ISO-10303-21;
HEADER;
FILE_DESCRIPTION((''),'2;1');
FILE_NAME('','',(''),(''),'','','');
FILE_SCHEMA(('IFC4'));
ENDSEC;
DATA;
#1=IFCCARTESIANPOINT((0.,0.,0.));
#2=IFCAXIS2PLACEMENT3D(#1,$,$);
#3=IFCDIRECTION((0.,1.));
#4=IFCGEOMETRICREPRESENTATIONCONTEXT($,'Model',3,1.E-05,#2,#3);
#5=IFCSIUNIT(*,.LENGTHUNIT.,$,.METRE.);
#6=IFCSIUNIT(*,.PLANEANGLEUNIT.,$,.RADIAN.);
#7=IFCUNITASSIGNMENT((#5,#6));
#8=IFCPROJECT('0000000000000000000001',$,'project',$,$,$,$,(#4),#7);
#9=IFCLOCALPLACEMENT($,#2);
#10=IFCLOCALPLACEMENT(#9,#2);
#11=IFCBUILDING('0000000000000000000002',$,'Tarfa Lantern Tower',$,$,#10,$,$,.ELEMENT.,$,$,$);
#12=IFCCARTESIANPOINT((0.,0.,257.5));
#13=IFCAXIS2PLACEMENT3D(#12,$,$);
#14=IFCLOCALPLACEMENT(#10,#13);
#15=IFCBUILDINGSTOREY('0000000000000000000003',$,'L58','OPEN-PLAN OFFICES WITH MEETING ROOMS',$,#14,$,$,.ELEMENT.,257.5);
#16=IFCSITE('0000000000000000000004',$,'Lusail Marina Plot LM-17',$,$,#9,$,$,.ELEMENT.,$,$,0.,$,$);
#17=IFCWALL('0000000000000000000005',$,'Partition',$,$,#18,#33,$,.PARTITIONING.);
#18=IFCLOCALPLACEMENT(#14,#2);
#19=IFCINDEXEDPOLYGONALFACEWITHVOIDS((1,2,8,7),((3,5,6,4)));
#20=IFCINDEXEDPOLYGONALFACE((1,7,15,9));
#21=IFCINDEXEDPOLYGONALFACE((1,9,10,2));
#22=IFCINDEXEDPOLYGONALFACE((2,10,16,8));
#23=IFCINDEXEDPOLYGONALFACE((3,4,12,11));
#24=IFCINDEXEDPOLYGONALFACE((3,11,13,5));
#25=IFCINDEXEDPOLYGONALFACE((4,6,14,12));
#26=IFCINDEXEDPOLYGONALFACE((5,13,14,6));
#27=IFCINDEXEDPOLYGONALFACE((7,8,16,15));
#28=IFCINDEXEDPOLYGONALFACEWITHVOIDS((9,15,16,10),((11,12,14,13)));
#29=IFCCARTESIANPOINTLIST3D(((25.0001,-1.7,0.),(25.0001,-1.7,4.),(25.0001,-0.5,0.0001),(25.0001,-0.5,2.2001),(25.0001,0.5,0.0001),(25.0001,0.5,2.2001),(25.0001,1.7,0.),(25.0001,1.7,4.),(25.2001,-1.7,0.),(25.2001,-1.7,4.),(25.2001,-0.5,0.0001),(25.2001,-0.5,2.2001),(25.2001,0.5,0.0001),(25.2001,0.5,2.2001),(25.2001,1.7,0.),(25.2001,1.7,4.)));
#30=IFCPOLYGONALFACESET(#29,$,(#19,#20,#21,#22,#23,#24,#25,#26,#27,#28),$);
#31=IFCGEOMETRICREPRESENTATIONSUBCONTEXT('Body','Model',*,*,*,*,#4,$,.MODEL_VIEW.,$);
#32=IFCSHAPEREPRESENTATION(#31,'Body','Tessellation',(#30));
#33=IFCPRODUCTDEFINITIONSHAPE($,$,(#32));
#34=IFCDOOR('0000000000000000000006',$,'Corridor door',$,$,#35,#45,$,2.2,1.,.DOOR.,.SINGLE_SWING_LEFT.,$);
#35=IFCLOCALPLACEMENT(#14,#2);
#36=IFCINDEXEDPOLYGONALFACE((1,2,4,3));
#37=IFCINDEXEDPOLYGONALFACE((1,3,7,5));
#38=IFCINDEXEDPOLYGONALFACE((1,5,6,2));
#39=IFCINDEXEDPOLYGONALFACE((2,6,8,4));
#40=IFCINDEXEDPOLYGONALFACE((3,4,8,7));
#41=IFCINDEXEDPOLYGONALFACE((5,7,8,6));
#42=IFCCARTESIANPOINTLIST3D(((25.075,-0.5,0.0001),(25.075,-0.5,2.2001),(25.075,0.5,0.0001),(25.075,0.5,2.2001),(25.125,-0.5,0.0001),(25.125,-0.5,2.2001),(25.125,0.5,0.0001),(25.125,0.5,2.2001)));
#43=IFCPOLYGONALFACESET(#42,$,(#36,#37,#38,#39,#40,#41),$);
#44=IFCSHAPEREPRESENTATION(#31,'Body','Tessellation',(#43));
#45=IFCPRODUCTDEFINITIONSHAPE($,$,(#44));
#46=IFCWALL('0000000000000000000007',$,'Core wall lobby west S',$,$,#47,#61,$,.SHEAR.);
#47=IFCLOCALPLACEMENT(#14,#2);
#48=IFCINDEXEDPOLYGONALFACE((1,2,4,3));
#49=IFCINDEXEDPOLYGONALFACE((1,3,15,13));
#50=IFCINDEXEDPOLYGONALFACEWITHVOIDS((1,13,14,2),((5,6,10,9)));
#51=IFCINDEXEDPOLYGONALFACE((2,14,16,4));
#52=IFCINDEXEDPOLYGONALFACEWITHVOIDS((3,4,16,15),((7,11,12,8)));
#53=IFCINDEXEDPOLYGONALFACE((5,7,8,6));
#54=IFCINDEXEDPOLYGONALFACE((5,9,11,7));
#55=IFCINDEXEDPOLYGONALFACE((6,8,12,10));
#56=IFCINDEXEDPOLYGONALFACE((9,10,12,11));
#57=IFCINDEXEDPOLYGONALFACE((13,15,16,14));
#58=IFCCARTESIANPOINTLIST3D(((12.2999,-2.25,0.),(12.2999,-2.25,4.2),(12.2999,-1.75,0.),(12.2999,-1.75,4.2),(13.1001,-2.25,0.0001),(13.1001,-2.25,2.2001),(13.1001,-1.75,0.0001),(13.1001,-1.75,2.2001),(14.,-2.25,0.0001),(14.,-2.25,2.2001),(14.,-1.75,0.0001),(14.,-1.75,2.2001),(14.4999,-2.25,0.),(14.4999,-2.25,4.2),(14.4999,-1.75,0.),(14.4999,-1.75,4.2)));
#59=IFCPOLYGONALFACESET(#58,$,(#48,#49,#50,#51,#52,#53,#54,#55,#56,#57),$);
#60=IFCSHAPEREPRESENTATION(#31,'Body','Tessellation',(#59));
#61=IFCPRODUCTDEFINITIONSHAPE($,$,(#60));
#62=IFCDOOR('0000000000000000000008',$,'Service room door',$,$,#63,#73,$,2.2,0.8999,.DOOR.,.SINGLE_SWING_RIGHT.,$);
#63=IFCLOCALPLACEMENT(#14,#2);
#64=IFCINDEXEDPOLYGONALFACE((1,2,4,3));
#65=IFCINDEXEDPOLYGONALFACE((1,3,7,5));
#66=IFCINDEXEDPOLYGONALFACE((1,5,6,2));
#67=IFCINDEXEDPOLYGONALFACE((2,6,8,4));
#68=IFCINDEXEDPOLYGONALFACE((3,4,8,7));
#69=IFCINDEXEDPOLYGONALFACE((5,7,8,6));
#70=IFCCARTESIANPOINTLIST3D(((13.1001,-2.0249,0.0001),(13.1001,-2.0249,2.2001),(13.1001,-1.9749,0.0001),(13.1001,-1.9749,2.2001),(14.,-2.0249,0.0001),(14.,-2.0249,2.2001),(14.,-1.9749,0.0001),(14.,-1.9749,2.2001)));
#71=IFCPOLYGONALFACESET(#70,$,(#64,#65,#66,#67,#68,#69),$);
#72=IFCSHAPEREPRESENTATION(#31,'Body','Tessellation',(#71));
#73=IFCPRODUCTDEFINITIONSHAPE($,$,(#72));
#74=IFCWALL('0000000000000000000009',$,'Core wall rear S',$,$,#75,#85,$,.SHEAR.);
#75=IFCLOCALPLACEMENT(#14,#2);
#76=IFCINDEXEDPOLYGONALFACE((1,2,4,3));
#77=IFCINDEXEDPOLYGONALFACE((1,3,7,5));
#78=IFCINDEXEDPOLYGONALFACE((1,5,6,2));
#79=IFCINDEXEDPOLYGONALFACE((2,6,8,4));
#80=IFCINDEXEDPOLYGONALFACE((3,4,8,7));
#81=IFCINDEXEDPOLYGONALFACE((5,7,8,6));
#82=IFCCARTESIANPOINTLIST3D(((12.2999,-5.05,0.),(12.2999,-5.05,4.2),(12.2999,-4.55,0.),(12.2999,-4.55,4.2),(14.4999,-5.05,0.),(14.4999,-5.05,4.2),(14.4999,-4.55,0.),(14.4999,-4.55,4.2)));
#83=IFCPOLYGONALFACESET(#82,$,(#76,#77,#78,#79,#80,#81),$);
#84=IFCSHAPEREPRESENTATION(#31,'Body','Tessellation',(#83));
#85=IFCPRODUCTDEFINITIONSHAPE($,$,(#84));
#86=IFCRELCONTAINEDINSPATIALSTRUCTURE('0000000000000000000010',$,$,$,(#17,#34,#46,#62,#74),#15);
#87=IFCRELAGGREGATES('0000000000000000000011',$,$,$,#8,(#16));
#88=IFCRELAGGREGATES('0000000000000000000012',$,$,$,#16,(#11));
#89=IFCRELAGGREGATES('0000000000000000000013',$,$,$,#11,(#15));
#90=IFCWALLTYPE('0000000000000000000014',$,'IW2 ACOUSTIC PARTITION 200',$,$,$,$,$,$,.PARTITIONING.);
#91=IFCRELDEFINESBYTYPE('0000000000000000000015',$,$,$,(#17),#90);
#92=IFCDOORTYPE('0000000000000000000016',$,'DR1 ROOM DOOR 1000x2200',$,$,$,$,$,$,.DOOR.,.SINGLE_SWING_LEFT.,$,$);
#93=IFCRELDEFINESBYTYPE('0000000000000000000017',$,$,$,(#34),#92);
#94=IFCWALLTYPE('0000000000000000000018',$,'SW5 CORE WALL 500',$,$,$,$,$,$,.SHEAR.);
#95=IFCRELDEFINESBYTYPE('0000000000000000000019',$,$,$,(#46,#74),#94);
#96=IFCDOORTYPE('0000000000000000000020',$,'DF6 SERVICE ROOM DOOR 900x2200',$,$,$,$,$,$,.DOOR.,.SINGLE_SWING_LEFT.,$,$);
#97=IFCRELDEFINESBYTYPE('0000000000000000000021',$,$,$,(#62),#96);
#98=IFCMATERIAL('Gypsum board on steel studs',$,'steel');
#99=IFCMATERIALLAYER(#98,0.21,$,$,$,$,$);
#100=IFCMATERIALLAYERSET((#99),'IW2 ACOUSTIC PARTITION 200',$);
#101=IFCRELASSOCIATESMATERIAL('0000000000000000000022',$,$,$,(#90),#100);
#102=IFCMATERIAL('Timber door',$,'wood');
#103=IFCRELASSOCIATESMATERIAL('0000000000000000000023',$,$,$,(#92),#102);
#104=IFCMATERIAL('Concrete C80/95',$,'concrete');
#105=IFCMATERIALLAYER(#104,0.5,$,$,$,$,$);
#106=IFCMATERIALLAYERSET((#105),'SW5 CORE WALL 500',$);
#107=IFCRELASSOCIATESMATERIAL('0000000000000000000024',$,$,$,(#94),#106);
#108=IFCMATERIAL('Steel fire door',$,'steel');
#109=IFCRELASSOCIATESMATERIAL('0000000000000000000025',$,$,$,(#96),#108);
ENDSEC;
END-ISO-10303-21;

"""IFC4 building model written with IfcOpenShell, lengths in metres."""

from ifc_helpers import new_model, si_unit, direction, frame, frame_2d, origin, place, context, subcontext, project, spatial, rectangle, extrude, material, layer, layer_set, type_object, element, fill, save


model = new_model("IFC4")

# Units and contexts
model_context = context("Model", 3, precision=1e-05, world=origin(), true_north=direction((0.0, 1.0)))
body_context = subcontext(model_context, "Body", "Model", "MODEL_VIEW")
ifc_project = project(units=[si_unit("LENGTHUNIT", "METRE"), si_unit("PLANEANGLEUNIT", "RADIAN")], contexts=[model_context])

# Site, building, storey
site_placement = place(None, origin())
site = spatial("IfcSite", under=ifc_project, at=site_placement, Name="Lusail Marina Plot LM-17", CompositionType="ELEMENT", RefElevation=0.0)
building_placement = place(site_placement, origin())
building = spatial("IfcBuilding", under=site, at=building_placement, Name="Tarfa Lantern Tower", CompositionType="ELEMENT")
storey_placement = place(building_placement, frame((0.0, 0.0, 257.5)))
storey = spatial("IfcBuildingStorey", under=building, at=storey_placement, Name="L58", Description="OPEN-PLAN OFFICES WITH MEETING ROOMS", CompositionType="ELEMENT", Elevation=257.5)

# Shared definitions
ifc_material_1 = material(Name="Gypsum board on steel studs", Category="steel")
ifc_layer_1 = layer(ifc_material_1, 0.21)
ifc_layer_set_1 = layer_set([ifc_layer_1], Name="IW2 ACOUSTIC PARTITION 200")
wall_type_1 = type_object("IfcWallType", Name="IW2 ACOUSTIC PARTITION 200", PredefinedType="PARTITIONING", material=ifc_layer_set_1)
ifc_material_2 = material(Name="Timber door", Category="wood")
door_type_1 = type_object("IfcDoorType", Name="DR1 ROOM DOOR 1000x2200", OperationType="SINGLE_SWING_LEFT", PredefinedType="DOOR", material=ifc_material_2)

# Walls, openings, doors
wall_1_placement = place(storey_placement, frame((25.1001, -1.7, 0.0), z_axis=(0.0, 0.0, 1.0), x_axis=(0.0, 1.0, 0.0)))
wall_1 = element("IfcWall", 1, at=wall_1_placement, inside=storey, type_object=wall_type_1, Name="Partition", PredefinedType="PARTITIONING", context=body_context, shape_type="SweptSolid", body=[
    extrude(rectangle(XDim=3.3999, YDim=0.2, at=frame_2d((1.7, 0.0))), origin(), (0.0, 0.0, 1.0), 4.0),
])
opening_1_placement = place(wall_1_placement, frame((1.2, 0.0, 0.0)))
opening_1 = element("IfcOpeningElement", 2, at=opening_1_placement, cuts=wall_1, PredefinedType="OPENING", context=body_context, shape_type="SweptSolid", body=[
    extrude(rectangle(XDim=1.0, YDim=2.2, at=frame_2d((0.5, 1.1001))), frame((0.0, 0.1099, 0.0), z_axis=(0.0, -1.0, 0.0), x_axis=(1.0, 0.0, 0.0)), (0.0, 0.0, 1.0), 0.22),
])
door_1_placement = place(opening_1_placement, frame((1.0, 0.0, 0.0), z_axis=(0.0, 0.0, 1.0), x_axis=(-1.0, 0.0, 0.0)))
door_1 = element("IfcDoor", 3, at=door_1_placement, inside=storey, type_object=door_type_1, Name="Corridor door", OperationType="SINGLE_SWING_LEFT", OverallHeight=2.2, OverallWidth=1.0, PredefinedType="DOOR", context=body_context, shape_type="SweptSolid", body=[
    extrude(rectangle(XDim=1.0, YDim=2.2, at=frame_2d((0.5, 1.1001))), frame((0.0, 0.0249, 0.0), z_axis=(0.0, -1.0, 0.0), x_axis=(1.0, 0.0, 0.0)), (0.0, 0.0, 1.0), 0.05),
])
fill(opening_1, door_1)
ifc_material_3 = material(Name="Concrete C80/95", Category="concrete")
ifc_material_4 = material(Name="Steel fire door", Category="steel")
ifc_layer_2 = layer(ifc_material_3, 0.5)
ifc_layer_set_2 = layer_set([ifc_layer_2], Name="SW5 CORE WALL 500")
wall_type_2 = type_object("IfcWallType", Name="SW5 CORE WALL 500", PredefinedType="SHEAR", material=ifc_layer_set_2)
wall_2_placement = place(storey_placement, frame((14.5, -2.0, 0.0), z_axis=(0.0, 0.0, 1.0), x_axis=(-1.0, 0.0, 0.0)))
wall_2 = element("IfcWall", 4, at=wall_2_placement, inside=storey, type_object=wall_type_2, Name="Core wall lobby west S", PredefinedType="SHEAR", context=body_context, shape_type="SweptSolid", body=[
    extrude(rectangle(XDim=2.2, YDim=0.5, at=frame_2d((1.1001, 0.0))), origin(), (0.0, 0.0, 1.0), 4.2),
])
opening_2_placement = place(wall_2_placement, frame((0.5, 0.0, 0.0)))
opening_2 = element("IfcOpeningElement", 5, at=opening_2_placement, cuts=wall_2, PredefinedType="OPENING", context=body_context, shape_type="SweptSolid", body=[
    extrude(rectangle(XDim=0.8999, YDim=2.2, at=frame_2d((0.45, 1.1001))), frame((0.0, 0.26, 0.0), z_axis=(0.0, -1.0, 0.0), x_axis=(1.0, 0.0, 0.0)), (0.0, 0.0, 1.0), 0.52),
])
door_type_2 = type_object("IfcDoorType", Name="DF6 SERVICE ROOM DOOR 900x2200", OperationType="SINGLE_SWING_LEFT", PredefinedType="DOOR", material=ifc_material_4)
door_2_placement = place(opening_2_placement, origin())
door_2 = element("IfcDoor", 6, at=door_2_placement, inside=storey, type_object=door_type_2, Name="Service room door", OperationType="SINGLE_SWING_RIGHT", OverallHeight=2.2, OverallWidth=0.8999, PredefinedType="DOOR", context=body_context, shape_type="SweptSolid", body=[
    extrude(rectangle(XDim=0.8999, YDim=2.2, at=frame_2d((0.45, 1.1001))), frame((0.0, 0.0249, 0.0), z_axis=(0.0, -1.0, 0.0), x_axis=(1.0, 0.0, 0.0)), (0.0, 0.0, 1.0), 0.05),
])
fill(opening_2, door_2)

# Wall
wall_3_placement = place(storey_placement, frame((14.5, -4.8, 0.0), z_axis=(0.0, 0.0, 1.0), x_axis=(-1.0, 0.0, 0.0)))
element("IfcWall", 7, at=wall_3_placement, inside=storey, type_object=wall_type_2, Name="Core wall rear S", PredefinedType="SHEAR", context=body_context, shape_type="SweptSolid", body=[
    extrude(rectangle(XDim=2.2, YDim=0.5, at=frame_2d((1.1001, 0.0))), origin(), (0.0, 0.0, 1.0), 4.2),
])

save(model, "model.ifc")
